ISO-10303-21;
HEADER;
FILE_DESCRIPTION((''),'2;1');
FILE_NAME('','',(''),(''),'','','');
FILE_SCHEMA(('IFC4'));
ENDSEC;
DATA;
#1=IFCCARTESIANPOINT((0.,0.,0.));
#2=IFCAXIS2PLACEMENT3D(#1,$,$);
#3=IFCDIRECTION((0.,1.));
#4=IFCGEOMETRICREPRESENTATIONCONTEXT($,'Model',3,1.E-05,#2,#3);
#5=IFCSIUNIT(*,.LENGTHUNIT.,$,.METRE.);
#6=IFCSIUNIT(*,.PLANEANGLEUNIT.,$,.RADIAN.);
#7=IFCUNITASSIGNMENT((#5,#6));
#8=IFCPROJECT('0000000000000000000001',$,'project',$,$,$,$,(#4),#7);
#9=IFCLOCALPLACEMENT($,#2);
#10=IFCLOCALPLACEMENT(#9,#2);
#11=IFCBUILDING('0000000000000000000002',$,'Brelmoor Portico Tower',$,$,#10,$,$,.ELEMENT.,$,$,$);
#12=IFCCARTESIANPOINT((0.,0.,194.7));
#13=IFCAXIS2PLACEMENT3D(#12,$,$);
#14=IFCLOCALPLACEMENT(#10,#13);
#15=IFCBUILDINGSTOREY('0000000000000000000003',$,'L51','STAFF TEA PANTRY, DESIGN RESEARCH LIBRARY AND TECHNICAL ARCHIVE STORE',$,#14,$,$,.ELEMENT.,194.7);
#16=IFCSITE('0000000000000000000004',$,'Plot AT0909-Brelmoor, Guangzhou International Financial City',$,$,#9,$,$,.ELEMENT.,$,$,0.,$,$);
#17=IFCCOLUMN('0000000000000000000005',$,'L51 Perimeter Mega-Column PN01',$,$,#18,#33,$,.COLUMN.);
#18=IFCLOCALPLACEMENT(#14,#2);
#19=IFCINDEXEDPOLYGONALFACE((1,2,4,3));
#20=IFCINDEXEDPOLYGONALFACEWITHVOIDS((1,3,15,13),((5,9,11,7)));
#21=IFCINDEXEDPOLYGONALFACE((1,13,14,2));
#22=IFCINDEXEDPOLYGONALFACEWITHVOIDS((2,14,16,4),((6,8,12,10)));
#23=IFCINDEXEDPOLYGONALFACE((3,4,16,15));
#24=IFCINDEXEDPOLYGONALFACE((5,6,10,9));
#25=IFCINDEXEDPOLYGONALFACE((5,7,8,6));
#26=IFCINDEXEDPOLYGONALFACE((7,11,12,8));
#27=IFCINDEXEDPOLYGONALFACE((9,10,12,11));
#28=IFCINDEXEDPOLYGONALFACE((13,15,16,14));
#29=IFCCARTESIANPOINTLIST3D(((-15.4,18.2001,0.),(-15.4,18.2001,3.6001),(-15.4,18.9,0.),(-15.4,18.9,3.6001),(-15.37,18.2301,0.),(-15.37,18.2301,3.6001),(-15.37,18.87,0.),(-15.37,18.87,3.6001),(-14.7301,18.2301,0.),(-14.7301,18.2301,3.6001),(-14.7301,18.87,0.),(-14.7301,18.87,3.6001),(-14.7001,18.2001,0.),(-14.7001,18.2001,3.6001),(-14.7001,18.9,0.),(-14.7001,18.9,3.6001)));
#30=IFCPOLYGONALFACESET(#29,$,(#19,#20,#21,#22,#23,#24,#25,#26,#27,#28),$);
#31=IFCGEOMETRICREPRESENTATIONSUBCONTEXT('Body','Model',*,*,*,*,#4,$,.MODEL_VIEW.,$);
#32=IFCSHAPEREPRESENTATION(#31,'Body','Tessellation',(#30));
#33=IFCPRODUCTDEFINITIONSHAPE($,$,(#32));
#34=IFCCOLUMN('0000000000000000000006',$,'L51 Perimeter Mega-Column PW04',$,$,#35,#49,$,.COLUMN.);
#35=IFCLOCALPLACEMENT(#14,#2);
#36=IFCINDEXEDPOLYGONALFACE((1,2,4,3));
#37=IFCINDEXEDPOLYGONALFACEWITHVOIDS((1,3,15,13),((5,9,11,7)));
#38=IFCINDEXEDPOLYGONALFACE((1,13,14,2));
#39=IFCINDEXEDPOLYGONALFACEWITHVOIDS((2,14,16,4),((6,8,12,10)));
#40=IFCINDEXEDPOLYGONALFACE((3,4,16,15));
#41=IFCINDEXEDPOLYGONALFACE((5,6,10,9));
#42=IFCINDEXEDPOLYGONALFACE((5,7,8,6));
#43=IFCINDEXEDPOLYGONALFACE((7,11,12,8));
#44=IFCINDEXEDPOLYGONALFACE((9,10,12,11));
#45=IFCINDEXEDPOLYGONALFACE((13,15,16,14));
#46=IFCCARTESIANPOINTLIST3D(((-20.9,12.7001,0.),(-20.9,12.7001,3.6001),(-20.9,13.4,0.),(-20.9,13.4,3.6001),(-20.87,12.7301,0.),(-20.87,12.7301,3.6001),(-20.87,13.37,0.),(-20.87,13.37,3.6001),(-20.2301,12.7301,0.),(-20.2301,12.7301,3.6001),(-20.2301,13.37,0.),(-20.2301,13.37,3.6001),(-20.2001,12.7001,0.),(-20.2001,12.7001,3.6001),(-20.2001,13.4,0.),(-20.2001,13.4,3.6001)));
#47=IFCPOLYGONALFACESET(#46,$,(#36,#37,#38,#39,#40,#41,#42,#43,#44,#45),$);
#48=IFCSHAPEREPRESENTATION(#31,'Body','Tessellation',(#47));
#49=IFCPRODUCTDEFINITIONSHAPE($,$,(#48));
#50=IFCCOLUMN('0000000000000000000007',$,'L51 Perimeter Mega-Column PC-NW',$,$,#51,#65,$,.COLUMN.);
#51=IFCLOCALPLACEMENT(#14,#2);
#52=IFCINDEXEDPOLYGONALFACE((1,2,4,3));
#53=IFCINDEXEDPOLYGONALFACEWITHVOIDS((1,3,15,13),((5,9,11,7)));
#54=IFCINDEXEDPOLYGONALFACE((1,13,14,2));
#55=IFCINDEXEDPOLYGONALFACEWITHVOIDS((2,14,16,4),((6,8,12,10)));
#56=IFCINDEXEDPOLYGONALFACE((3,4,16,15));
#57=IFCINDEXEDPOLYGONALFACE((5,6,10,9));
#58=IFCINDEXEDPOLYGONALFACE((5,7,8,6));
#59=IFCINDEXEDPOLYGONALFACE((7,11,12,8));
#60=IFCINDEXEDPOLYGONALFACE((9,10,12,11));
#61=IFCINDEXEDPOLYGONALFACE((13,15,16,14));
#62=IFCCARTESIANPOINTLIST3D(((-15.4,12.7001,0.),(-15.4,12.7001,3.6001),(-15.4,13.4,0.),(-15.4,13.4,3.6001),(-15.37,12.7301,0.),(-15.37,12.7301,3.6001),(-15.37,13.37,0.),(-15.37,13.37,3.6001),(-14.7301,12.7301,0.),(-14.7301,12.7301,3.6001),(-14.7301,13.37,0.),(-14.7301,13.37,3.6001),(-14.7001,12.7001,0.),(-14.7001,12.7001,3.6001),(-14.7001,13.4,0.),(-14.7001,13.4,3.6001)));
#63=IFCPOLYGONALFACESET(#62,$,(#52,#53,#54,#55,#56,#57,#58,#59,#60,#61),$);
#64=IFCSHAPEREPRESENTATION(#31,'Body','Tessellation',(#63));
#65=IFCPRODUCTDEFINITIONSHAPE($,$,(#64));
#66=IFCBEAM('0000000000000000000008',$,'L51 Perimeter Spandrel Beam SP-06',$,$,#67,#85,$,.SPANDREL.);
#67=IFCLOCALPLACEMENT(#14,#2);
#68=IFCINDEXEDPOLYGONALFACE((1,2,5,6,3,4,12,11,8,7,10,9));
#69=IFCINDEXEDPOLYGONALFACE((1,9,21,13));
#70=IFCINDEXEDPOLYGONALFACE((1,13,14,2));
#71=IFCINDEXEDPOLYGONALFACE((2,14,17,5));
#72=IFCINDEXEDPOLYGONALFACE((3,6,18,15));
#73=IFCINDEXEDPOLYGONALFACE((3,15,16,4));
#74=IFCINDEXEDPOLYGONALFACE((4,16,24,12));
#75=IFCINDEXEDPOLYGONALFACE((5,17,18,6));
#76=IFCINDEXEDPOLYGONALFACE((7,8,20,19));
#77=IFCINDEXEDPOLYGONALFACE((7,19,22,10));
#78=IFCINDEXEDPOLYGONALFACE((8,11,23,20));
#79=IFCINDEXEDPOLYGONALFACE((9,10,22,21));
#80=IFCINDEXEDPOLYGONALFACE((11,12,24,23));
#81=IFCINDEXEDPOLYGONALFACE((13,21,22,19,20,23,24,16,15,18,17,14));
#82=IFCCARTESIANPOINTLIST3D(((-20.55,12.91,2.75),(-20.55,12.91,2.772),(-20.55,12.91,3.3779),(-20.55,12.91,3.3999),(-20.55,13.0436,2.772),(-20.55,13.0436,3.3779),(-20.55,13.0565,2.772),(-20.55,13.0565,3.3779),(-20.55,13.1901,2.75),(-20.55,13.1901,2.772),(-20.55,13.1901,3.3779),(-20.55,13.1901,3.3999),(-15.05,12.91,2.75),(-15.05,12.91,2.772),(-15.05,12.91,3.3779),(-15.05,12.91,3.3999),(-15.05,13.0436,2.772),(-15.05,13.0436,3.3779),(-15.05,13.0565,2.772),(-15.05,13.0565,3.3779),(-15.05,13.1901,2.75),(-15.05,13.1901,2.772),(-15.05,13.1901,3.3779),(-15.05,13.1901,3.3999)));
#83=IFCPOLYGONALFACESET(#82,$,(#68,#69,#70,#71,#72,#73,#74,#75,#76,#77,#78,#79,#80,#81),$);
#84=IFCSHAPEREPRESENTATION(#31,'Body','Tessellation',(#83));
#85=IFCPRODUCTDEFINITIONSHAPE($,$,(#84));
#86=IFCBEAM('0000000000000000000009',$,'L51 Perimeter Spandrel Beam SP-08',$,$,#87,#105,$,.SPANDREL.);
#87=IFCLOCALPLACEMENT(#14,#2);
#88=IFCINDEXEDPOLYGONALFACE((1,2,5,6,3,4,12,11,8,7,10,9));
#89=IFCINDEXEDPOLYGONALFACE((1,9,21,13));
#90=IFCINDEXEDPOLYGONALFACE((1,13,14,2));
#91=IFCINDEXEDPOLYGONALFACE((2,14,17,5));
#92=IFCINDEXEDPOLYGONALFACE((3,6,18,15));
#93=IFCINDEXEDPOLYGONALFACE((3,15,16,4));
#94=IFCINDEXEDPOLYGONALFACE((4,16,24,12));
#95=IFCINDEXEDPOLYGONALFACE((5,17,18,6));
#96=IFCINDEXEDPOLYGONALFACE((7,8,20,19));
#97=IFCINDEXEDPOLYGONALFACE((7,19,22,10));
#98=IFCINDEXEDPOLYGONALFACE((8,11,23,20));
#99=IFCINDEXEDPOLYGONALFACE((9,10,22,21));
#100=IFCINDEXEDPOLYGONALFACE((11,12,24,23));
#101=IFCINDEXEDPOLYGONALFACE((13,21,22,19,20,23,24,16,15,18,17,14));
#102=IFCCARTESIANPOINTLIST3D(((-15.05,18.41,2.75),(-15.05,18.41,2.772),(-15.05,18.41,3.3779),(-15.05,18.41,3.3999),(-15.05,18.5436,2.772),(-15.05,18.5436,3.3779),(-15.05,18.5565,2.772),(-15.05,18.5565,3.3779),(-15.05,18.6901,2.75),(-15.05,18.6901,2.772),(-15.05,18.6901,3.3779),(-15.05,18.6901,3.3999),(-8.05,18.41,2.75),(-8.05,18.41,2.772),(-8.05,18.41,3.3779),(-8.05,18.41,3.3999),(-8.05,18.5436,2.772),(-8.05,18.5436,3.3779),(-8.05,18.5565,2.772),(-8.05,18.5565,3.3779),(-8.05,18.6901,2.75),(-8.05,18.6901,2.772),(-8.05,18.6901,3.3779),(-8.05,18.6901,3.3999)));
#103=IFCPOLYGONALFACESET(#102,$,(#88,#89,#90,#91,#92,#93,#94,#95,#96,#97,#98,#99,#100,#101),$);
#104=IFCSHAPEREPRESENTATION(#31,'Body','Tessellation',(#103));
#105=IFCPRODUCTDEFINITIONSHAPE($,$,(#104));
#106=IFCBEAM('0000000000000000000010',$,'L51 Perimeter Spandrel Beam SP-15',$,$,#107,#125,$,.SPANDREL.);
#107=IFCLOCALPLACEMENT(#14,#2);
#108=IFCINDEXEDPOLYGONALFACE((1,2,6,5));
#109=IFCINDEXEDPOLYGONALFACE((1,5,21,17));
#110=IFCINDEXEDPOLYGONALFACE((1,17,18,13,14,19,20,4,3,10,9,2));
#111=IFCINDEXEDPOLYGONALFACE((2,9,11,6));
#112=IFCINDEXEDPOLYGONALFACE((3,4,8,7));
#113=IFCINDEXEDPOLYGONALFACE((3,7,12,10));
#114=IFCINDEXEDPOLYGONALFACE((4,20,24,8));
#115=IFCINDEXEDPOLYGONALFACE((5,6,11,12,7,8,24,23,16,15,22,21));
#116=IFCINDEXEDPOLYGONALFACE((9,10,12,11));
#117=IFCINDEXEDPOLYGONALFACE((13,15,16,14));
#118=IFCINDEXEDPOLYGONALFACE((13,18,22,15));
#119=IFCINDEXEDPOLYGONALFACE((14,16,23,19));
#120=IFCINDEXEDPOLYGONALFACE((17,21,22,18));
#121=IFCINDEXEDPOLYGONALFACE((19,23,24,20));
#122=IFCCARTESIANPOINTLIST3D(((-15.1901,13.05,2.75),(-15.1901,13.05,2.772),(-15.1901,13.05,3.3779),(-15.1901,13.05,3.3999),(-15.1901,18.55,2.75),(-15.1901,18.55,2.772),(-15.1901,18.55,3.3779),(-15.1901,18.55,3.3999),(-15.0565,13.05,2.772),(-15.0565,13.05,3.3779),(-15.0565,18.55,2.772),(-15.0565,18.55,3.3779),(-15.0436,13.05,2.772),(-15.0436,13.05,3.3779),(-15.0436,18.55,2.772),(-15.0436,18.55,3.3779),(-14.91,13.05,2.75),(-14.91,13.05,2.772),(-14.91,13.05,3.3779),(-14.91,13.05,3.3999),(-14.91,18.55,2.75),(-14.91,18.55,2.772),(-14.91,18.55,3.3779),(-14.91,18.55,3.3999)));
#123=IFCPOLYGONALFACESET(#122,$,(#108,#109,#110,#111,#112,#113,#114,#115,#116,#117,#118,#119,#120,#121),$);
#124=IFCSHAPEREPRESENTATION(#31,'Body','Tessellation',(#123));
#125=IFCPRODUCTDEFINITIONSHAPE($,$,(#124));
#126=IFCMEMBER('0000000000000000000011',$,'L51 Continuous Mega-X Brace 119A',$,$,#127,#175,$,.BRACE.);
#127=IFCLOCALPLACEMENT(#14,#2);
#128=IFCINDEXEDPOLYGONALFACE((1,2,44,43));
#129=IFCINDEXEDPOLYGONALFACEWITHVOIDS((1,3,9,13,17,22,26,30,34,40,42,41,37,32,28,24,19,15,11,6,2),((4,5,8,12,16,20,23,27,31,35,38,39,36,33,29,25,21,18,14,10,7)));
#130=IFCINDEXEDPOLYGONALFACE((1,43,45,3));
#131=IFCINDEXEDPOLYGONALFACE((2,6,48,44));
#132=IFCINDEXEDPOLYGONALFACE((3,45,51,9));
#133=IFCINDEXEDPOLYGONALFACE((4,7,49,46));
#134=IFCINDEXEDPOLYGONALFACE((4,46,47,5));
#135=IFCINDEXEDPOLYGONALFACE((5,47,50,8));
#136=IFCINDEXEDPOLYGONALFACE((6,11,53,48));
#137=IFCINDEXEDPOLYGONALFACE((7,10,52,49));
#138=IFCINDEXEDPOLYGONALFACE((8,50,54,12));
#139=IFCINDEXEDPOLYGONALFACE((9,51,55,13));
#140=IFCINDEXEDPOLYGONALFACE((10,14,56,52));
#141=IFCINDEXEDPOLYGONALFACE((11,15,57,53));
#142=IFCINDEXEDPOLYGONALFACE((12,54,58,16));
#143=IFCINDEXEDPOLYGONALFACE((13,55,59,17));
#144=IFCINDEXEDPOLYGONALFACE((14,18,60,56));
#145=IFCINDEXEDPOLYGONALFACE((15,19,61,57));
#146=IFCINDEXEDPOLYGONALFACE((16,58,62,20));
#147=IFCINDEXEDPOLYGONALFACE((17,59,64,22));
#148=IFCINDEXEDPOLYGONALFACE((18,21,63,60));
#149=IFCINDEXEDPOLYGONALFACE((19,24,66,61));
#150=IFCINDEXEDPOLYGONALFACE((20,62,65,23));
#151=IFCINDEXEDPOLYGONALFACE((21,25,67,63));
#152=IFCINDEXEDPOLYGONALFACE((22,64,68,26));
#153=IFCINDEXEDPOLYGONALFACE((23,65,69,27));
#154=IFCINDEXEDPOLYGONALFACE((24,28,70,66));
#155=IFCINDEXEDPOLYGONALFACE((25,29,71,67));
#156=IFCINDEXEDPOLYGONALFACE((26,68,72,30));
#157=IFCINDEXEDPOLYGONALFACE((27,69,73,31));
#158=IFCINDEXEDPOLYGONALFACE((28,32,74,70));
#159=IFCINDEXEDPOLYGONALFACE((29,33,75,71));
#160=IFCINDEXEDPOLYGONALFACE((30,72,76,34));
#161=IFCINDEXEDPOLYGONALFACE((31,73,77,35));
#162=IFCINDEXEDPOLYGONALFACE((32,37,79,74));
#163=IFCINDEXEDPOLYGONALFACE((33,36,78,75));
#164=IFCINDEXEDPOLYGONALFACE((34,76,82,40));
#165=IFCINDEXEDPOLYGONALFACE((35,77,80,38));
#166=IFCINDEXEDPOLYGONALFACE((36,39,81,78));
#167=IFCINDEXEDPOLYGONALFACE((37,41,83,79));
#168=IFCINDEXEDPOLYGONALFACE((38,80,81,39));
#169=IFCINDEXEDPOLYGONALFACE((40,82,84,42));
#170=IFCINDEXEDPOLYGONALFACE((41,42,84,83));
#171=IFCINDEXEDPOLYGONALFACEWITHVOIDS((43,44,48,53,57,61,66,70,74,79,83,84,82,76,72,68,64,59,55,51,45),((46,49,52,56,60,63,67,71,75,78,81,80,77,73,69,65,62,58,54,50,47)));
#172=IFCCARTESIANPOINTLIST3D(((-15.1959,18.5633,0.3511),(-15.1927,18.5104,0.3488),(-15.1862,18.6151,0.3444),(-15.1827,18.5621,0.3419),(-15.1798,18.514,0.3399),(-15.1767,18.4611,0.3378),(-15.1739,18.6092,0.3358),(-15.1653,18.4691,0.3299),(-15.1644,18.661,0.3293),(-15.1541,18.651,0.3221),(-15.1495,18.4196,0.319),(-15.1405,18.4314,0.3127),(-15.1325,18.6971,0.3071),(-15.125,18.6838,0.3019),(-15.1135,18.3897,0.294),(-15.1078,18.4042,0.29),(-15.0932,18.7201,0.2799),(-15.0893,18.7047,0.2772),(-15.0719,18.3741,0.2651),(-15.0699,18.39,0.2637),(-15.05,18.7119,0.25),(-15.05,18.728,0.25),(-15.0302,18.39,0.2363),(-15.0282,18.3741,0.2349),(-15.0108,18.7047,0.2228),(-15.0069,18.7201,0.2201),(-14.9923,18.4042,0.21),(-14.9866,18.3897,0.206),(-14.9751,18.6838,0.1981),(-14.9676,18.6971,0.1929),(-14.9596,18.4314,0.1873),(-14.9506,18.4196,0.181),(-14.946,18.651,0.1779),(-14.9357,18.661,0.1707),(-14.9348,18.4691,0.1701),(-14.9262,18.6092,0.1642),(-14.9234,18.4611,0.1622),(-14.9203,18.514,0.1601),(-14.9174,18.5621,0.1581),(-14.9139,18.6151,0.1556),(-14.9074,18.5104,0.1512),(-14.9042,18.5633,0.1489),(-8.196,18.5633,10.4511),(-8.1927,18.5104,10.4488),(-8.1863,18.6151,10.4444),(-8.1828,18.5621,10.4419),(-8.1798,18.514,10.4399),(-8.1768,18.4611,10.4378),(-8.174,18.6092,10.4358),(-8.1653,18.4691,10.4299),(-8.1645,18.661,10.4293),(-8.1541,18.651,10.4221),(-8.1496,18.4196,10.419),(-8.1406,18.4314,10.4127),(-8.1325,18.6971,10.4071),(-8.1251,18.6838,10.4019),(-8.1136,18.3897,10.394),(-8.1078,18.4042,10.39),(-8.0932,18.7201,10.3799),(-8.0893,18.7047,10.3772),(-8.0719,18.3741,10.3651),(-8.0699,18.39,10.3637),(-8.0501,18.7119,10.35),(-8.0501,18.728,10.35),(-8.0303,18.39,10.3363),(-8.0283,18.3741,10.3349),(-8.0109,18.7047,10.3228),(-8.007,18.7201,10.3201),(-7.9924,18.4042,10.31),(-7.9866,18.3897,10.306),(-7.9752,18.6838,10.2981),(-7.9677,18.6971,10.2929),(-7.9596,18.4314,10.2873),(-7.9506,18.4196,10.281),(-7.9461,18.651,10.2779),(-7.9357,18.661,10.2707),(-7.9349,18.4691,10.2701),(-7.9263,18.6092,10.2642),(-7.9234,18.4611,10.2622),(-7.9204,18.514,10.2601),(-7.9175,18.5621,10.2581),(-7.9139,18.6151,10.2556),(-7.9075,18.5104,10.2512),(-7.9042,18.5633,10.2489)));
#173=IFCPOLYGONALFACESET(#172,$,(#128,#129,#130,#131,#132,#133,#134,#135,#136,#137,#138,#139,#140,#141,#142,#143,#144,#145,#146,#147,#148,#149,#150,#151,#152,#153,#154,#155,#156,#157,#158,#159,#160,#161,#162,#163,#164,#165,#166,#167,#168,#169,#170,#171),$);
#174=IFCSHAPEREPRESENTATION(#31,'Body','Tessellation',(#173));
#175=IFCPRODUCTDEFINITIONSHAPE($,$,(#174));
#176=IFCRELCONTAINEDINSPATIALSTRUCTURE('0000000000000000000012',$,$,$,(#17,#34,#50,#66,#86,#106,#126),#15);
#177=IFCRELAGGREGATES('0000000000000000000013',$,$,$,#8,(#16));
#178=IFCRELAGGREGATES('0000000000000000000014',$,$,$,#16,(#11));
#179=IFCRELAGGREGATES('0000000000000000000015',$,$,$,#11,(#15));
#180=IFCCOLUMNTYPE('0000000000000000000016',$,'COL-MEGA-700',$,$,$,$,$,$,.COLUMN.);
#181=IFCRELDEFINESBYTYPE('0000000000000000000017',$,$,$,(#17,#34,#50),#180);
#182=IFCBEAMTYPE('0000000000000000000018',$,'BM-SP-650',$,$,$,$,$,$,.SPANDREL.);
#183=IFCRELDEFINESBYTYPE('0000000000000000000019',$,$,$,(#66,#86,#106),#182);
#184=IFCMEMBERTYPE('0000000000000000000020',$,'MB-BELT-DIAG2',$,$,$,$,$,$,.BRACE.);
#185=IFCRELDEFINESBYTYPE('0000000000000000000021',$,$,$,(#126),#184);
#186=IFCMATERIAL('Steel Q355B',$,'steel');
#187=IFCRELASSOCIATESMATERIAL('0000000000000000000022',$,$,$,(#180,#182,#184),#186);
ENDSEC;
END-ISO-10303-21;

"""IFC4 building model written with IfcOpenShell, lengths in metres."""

from ifc_helpers import new_model, si_unit, direction, frame, origin, origin_2d, place, context, subcontext, project, spatial, hollow_rectangle, hollow_circle, i_section, extrude, material, material_profile, profile_set, type_object, element, save


model = new_model("IFC4")

# Units and contexts
model_context = context("Model", 3, precision=1e-05, world=origin(), true_north=direction((0.0, 1.0)))
body_context = subcontext(model_context, "Body", "Model", "MODEL_VIEW")
ifc_project = project(units=[si_unit("LENGTHUNIT", "METRE"), si_unit("PLANEANGLEUNIT", "RADIAN")], contexts=[model_context])

# Site, building, storey
site_placement = place(None, origin())
site = spatial("IfcSite", under=ifc_project, at=site_placement, Name="Plot AT0909-Brelmoor, Guangzhou International Financial City", CompositionType="ELEMENT", RefElevation=0.0)
building_placement = place(site_placement, origin())
building = spatial("IfcBuilding", under=site, at=building_placement, Name="Brelmoor Portico Tower", CompositionType="ELEMENT")
storey_placement = place(building_placement, frame((0.0, 0.0, 194.7)))
storey = spatial("IfcBuildingStorey", under=building, at=storey_placement, Name="L51", Description="STAFF TEA PANTRY, DESIGN RESEARCH LIBRARY AND TECHNICAL ARCHIVE STORE", CompositionType="ELEMENT", Elevation=194.7)

# Columns
ifc_material_1 = material(Name="Steel Q355B", Category="steel")
ifc_material_profile_1 = material_profile(ifc_material_1, hollow_rectangle(XDim=0.7, YDim=0.7, WallThickness=0.03, at=origin_2d()), Name="BOX 700x700x30")
ifc_profile_set_1 = profile_set([ifc_material_profile_1], Name="Steel Q355B")
column_type = type_object("IfcColumnType", Name="COL-MEGA-700", PredefinedType="COLUMN", material=ifc_profile_set_1)
for number, where, z_axis, x_axis, name in (
    (1, (-15.05, 18.55, 0.0), (0.0, 0.0, 1.0), (1.0, 0.0, 0.0), "L51 Perimeter Mega-Column PN01"),
    (2, (-20.55, 13.05, 0.0), (0.0, 0.0, 1.0), (0.0, 1.0, 0.0), "L51 Perimeter Mega-Column PW04"),
    (3, (-15.05, 13.05, 0.0), (0.0, 0.0, 1.0), (1.0, 0.0, 0.0), "L51 Perimeter Mega-Column PC-NW"),
):
    element("IfcColumn", number, at=place(storey_placement, frame(where, z_axis=z_axis, x_axis=x_axis)), inside=storey, type_object=column_type, Name=name, PredefinedType="COLUMN", context=body_context, shape_type="SweptSolid", body=[
        extrude(hollow_rectangle(XDim=0.7, YDim=0.7, WallThickness=0.03, at=origin_2d()), origin(), (0.0, 0.0, 1.0), 3.6001),
    ])

# Beams
ifc_material_profile_2 = material_profile(ifc_material_1, i_section(OverallWidth=0.28, OverallDepth=0.6499, WebThickness=0.0129, FlangeThickness=0.022, at=origin_2d()), Name="HN 650x280x13x22")
ifc_profile_set_2 = profile_set([ifc_material_profile_2], Name="Steel Q355B")
beam_type = type_object("IfcBeamType", Name="BM-SP-650", PredefinedType="SPANDREL", material=ifc_profile_set_2)
beam_1_placement = place(storey_placement, frame((-20.55, 13.05, 3.075), z_axis=(1.0, 0.0, 0.0), x_axis=(0.0, 1.0, 0.0)))
element("IfcBeam", 4, at=beam_1_placement, inside=storey, type_object=beam_type, Name="L51 Perimeter Spandrel Beam SP-06", PredefinedType="SPANDREL", context=body_context, shape_type="SweptSolid", body=[
    extrude(i_section(OverallWidth=0.28, OverallDepth=0.6499, WebThickness=0.0129, FlangeThickness=0.022, at=origin_2d()), origin(), (0.0, 0.0, 1.0), 5.5),
])
beam_2_placement = place(storey_placement, frame((-15.05, 18.55, 3.075), z_axis=(1.0, 0.0, 0.0), x_axis=(0.0, 1.0, 0.0)))
element("IfcBeam", 5, at=beam_2_placement, inside=storey, type_object=beam_type, Name="L51 Perimeter Spandrel Beam SP-08", PredefinedType="SPANDREL", context=body_context, shape_type="SweptSolid", body=[
    extrude(i_section(OverallWidth=0.28, OverallDepth=0.6499, WebThickness=0.0129, FlangeThickness=0.022, at=origin_2d()), origin(), (0.0, 0.0, 1.0), 7.0),
])
beam_3_placement = place(storey_placement, frame((-15.05, 13.05, 3.075), z_axis=(0.0, 1.0, 0.0), x_axis=(-1.0, 0.0, 0.0)))
element("IfcBeam", 6, at=beam_3_placement, inside=storey, type_object=beam_type, Name="L51 Perimeter Spandrel Beam SP-15", PredefinedType="SPANDREL", context=body_context, shape_type="SweptSolid", body=[
    extrude(i_section(OverallWidth=0.28, OverallDepth=0.6499, WebThickness=0.0129, FlangeThickness=0.022, at=origin_2d()), origin(), (0.0, 0.0, 1.0), 5.5),
])

# Member
ifc_material_profile_3 = material_profile(ifc_material_1, hollow_circle(Radius=0.178, WallThickness=0.0161, at=origin_2d()), Name="CHS 356x16")
ifc_profile_set_3 = profile_set([ifc_material_profile_3], Name="Steel Q355B")
member_type_1 = type_object("IfcMemberType", Name="MB-BELT-DIAG2", PredefinedType="BRACE", material=ifc_profile_set_3)
member_1_placement = place(storey_placement, frame((-15.05, 18.55, 0.25), z_axis=(0.569629, 0.0, 0.821902), x_axis=(0.0, 1.0, 0.0)))
element("IfcMember", 7, at=member_1_placement, inside=storey, type_object=member_type_1, Name="L51 Continuous Mega-X Brace 119A", PredefinedType="BRACE", context=body_context, shape_type="SweptSolid", body=[
    extrude(hollow_circle(Radius=0.178, WallThickness=0.0161, at=origin_2d()), origin(), (0.0, 0.0, 1.0), 12.2886),
])

save(model, "model.ifc")
